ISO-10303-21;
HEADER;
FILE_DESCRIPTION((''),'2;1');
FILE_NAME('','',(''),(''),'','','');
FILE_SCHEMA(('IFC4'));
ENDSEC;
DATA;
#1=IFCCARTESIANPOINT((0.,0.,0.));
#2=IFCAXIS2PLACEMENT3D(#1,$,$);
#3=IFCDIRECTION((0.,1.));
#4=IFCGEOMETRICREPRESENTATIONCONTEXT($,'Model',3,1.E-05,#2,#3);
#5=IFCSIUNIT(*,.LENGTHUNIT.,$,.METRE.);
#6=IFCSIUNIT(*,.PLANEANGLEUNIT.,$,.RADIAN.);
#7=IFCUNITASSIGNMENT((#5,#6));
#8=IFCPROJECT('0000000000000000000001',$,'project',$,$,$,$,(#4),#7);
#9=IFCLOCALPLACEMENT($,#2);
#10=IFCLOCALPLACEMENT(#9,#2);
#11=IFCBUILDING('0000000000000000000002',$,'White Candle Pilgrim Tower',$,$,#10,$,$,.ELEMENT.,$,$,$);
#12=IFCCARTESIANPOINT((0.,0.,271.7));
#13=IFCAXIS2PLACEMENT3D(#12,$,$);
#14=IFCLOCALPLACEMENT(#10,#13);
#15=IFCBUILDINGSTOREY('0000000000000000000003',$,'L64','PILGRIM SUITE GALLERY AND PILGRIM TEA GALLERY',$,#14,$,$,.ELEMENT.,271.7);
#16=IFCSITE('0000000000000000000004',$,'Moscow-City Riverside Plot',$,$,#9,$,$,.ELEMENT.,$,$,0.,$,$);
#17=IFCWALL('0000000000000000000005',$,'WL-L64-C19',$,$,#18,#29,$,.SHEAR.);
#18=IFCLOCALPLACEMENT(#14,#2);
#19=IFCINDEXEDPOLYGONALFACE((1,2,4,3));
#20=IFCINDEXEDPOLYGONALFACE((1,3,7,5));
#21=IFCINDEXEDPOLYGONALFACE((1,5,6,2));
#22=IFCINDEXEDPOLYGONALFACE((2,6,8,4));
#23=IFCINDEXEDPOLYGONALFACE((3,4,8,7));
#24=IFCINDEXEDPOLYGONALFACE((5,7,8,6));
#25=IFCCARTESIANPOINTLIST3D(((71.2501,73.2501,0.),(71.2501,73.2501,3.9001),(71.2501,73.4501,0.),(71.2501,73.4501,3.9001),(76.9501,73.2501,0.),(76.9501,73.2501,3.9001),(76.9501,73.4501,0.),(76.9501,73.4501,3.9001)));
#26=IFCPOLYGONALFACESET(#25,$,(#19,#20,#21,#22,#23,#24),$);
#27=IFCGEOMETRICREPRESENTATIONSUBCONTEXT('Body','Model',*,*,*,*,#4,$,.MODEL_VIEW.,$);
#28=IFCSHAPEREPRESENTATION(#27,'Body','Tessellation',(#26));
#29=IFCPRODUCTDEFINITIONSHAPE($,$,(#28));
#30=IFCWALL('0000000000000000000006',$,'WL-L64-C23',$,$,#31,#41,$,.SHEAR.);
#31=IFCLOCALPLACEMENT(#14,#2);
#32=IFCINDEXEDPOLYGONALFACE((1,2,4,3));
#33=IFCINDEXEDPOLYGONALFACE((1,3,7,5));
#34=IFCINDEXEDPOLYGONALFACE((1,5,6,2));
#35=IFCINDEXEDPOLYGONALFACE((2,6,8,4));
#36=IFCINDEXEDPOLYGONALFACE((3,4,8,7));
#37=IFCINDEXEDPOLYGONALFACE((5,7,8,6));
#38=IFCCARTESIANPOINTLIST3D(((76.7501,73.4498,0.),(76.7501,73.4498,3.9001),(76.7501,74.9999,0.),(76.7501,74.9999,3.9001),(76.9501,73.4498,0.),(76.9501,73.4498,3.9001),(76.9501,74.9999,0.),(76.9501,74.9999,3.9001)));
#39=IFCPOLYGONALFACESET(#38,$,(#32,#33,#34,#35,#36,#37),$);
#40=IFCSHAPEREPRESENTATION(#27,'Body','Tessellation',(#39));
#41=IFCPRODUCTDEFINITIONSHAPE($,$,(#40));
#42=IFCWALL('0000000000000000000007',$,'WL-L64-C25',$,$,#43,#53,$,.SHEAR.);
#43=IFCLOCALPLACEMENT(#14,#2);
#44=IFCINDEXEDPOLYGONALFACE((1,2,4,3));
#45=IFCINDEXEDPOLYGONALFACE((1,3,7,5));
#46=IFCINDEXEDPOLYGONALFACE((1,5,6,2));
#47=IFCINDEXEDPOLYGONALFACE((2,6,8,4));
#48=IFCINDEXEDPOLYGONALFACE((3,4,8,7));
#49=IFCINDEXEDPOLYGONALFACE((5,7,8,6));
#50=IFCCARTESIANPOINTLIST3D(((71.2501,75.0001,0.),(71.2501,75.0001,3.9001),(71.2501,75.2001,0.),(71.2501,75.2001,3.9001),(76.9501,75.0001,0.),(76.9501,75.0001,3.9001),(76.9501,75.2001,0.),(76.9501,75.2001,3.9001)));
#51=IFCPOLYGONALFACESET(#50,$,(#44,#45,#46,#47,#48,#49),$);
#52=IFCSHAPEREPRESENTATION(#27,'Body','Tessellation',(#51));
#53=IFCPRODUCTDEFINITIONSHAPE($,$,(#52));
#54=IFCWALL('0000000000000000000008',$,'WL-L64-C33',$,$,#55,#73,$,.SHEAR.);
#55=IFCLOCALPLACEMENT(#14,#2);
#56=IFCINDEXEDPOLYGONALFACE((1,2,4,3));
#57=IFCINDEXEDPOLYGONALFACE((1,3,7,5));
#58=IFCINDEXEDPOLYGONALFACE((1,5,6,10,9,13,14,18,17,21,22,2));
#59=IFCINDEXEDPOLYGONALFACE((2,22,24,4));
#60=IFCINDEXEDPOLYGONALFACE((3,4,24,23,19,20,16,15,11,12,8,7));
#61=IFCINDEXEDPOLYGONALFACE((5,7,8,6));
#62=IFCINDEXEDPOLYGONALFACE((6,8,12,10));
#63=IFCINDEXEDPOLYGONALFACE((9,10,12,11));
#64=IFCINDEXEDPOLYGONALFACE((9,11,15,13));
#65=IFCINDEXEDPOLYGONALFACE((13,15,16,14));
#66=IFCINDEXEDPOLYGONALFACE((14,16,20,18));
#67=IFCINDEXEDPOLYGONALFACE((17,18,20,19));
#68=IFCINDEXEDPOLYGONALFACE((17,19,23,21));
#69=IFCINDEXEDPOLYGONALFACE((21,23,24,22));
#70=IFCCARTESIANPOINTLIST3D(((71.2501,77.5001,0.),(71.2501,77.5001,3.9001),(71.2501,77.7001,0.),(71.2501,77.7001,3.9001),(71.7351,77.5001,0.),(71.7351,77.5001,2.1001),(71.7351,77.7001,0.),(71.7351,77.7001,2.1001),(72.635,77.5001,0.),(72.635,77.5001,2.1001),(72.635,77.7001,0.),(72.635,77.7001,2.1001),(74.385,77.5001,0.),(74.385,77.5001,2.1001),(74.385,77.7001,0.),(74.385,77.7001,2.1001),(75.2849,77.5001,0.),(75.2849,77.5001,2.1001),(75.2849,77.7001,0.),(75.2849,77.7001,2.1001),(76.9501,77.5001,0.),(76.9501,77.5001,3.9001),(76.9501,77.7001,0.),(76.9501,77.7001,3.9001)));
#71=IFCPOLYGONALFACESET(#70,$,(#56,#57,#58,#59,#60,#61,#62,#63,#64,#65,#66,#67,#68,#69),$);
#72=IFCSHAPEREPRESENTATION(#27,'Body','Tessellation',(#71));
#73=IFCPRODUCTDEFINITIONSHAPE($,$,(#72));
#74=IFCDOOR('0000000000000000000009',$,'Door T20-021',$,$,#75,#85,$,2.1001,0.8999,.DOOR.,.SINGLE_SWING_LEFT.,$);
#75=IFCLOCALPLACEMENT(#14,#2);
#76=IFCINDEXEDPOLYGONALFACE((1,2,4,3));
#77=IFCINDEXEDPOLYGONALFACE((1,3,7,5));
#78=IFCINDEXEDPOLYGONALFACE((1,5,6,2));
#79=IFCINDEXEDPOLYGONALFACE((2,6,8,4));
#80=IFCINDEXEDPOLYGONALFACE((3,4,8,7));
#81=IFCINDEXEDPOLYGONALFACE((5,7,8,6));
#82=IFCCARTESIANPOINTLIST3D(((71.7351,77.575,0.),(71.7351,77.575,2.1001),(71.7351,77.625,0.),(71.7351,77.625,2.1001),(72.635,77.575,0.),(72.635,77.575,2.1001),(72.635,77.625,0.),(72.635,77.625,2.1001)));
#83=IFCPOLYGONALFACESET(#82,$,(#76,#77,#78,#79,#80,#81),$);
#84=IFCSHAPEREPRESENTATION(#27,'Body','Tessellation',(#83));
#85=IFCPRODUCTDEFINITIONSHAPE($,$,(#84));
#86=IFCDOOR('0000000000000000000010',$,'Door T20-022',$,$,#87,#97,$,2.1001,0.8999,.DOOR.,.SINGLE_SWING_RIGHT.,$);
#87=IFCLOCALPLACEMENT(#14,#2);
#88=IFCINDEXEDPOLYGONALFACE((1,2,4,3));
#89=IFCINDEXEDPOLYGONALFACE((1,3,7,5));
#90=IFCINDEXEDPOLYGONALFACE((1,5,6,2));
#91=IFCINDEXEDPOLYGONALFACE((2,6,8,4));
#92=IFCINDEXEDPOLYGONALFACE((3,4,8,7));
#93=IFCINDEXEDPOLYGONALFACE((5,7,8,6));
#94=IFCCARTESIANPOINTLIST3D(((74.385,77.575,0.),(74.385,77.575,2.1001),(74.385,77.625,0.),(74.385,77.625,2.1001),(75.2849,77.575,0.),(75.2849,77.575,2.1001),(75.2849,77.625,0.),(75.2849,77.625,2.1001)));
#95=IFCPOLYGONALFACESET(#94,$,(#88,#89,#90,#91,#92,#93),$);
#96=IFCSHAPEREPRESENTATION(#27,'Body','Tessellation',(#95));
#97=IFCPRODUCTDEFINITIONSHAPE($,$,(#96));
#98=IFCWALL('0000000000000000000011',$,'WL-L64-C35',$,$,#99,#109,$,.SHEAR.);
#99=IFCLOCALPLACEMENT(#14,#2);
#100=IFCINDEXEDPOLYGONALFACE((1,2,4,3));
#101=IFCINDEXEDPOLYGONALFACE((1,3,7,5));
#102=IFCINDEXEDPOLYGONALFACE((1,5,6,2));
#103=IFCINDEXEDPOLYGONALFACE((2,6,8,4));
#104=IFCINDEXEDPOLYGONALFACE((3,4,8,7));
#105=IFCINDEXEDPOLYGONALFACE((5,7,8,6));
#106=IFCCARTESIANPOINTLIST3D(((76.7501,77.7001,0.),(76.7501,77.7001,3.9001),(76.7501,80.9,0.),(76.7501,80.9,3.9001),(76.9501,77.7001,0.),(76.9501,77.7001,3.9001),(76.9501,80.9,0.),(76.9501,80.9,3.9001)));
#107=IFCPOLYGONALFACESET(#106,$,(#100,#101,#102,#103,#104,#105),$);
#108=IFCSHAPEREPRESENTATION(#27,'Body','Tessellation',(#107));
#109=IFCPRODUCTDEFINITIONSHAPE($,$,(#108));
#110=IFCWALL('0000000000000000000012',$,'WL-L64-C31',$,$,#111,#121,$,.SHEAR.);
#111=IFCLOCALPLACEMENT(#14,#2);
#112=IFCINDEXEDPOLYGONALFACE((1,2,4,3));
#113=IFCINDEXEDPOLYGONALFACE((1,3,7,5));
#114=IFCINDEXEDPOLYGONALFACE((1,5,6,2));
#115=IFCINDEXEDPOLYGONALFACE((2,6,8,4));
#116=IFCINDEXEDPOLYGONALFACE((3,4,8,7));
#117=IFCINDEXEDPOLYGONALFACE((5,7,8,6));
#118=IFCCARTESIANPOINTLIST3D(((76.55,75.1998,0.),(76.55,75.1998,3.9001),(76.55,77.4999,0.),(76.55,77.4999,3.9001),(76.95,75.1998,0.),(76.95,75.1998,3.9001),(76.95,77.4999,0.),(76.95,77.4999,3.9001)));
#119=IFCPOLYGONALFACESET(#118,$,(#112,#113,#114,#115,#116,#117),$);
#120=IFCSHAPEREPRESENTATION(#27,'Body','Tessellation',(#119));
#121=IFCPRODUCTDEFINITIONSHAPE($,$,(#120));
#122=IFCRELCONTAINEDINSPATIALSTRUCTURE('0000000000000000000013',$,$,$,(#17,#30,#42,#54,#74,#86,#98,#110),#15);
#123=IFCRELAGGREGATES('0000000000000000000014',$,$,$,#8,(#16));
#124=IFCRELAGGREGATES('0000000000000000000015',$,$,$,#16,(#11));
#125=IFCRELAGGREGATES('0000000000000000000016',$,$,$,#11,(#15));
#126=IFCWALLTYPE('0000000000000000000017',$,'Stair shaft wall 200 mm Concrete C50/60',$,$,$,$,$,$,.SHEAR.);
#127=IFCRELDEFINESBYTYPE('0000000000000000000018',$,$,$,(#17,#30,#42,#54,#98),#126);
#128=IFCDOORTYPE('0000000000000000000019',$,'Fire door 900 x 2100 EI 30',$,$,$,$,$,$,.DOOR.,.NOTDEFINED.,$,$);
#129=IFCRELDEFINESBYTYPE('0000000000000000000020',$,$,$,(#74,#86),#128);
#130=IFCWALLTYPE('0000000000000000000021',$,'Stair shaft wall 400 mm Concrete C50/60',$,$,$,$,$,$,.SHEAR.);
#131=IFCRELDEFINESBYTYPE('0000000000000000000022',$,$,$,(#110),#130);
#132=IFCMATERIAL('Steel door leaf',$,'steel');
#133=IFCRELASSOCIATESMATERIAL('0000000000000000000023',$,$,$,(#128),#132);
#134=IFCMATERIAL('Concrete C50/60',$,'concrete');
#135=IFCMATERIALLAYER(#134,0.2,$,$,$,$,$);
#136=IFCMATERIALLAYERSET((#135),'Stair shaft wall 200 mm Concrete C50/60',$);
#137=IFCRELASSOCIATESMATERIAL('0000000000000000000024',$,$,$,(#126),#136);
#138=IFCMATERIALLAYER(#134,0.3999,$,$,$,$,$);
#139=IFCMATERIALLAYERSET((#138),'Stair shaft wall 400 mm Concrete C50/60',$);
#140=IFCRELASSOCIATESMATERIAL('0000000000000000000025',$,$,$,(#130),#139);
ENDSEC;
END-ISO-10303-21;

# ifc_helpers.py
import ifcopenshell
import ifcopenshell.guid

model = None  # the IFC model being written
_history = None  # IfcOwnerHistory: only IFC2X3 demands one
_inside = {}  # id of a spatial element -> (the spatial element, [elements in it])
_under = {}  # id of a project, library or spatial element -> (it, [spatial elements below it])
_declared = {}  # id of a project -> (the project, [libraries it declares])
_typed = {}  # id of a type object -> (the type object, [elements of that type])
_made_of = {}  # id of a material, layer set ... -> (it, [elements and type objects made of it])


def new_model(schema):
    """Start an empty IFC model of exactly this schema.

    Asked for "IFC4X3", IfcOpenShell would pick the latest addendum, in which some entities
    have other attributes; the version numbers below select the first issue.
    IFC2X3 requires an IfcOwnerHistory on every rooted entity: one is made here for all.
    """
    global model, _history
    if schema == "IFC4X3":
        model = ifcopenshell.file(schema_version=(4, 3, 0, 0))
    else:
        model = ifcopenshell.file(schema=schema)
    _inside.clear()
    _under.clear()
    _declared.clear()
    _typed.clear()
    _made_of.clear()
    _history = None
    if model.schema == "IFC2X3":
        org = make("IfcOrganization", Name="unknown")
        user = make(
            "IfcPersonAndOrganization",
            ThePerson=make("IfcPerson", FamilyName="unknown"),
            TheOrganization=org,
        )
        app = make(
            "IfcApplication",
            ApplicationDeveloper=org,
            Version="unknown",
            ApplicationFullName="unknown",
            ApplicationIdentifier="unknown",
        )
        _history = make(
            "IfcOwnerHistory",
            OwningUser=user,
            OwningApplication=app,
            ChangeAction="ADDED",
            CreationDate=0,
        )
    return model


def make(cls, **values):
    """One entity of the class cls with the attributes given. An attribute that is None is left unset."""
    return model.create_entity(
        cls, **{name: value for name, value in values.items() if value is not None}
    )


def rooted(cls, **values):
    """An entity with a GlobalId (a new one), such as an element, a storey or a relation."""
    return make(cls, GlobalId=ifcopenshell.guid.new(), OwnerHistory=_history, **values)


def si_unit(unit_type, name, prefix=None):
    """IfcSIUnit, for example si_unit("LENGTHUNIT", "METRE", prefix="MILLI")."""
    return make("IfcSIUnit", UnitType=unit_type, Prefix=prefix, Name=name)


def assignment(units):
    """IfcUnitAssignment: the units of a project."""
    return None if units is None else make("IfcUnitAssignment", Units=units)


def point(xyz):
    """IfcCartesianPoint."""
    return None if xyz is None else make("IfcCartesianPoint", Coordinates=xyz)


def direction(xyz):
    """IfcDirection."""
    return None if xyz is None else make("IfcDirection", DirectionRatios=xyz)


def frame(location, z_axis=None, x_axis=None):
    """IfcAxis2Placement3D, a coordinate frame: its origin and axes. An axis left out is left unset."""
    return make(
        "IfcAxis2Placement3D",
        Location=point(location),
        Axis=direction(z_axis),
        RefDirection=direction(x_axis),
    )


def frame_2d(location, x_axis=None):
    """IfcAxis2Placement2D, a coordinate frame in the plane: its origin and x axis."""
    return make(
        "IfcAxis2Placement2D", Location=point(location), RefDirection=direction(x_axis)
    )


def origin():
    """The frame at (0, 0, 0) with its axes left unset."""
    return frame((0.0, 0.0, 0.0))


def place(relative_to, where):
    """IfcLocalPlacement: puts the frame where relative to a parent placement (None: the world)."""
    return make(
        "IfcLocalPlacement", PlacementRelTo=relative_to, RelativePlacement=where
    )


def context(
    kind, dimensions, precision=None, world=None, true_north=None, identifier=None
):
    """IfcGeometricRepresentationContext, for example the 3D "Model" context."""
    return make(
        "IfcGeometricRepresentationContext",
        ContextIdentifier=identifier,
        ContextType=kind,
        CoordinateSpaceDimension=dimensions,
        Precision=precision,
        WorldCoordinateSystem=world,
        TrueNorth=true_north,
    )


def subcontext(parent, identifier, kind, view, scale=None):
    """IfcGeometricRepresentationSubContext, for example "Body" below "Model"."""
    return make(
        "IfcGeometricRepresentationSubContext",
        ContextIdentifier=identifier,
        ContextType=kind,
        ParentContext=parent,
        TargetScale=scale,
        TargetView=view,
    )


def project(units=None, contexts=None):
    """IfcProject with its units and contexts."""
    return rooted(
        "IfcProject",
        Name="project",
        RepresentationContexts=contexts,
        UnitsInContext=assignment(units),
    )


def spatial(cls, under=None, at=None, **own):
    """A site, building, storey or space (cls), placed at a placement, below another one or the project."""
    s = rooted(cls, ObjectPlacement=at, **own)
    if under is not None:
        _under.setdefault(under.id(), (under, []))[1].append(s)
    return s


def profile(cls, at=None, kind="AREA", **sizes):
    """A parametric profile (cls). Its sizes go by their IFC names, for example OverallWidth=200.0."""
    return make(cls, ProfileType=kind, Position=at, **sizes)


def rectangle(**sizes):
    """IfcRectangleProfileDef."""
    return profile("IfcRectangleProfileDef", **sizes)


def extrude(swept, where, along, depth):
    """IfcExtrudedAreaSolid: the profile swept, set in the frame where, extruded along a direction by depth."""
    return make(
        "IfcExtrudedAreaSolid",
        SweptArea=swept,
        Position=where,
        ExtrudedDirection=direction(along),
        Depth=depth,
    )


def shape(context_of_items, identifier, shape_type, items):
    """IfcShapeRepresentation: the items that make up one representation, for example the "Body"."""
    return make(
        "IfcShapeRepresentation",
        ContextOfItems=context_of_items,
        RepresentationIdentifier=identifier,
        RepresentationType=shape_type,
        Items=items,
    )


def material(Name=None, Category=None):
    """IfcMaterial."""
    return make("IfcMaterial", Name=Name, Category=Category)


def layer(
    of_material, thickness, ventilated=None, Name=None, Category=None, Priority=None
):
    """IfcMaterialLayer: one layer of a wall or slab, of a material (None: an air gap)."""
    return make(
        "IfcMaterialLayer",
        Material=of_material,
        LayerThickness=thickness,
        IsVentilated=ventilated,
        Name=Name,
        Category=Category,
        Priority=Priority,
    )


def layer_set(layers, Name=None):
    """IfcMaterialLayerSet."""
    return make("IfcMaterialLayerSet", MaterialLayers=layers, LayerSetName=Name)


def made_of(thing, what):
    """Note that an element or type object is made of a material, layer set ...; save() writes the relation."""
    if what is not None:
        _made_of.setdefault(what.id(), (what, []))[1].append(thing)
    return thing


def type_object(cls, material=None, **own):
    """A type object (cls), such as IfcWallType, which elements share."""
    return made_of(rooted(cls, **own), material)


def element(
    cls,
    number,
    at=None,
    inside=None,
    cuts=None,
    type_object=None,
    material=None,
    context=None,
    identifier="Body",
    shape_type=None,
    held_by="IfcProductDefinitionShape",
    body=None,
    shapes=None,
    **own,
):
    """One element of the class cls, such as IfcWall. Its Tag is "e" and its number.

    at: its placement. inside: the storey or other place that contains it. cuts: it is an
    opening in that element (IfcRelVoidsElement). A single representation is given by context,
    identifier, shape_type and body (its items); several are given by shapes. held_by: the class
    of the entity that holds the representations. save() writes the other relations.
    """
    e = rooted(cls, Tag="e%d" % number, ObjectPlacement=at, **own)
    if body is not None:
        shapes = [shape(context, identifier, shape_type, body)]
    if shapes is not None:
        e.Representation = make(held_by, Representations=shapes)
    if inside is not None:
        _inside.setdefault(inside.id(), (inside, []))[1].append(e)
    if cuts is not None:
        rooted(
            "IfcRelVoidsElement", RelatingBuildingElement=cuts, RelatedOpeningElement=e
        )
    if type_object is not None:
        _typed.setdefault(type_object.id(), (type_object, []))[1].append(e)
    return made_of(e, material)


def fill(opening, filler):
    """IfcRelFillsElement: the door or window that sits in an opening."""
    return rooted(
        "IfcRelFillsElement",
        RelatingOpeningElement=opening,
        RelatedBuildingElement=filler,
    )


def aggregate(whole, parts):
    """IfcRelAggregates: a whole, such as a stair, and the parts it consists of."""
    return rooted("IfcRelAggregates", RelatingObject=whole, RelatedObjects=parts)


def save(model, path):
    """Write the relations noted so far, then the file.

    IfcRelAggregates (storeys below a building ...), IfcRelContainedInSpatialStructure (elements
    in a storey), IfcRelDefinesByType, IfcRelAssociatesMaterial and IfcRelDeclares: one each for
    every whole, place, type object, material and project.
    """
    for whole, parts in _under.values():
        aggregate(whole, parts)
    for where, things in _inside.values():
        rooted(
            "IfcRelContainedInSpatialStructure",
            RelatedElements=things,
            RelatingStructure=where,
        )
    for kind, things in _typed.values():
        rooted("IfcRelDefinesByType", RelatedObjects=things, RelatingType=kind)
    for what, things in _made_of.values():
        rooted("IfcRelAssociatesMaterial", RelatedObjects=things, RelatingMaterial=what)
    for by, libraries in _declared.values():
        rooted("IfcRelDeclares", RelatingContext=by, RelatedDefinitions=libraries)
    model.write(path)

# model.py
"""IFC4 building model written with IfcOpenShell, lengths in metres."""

from ifc_helpers import new_model, si_unit, direction, frame, frame_2d, origin, place, context, subcontext, project, spatial, rectangle, extrude, material, layer, layer_set, type_object, element, fill, save


model = new_model("IFC4")

# Units and contexts
model_context = context("Model", 3, precision=1e-05, world=origin(), true_north=direction((0.0, 1.0)))
body_context = subcontext(model_context, "Body", "Model", "MODEL_VIEW")
ifc_project = project(units=[si_unit("LENGTHUNIT", "METRE"), si_unit("PLANEANGLEUNIT", "RADIAN")], contexts=[model_context])

# Site, building, storey
site_placement = place(None, origin())
site = spatial("IfcSite", under=ifc_project, at=site_placement, Name="Moscow-City Riverside Plot", CompositionType="ELEMENT", RefElevation=0.0)
building_placement = place(site_placement, origin())
building = spatial("IfcBuilding", under=site, at=building_placement, Name="White Candle Pilgrim Tower", CompositionType="ELEMENT")
storey_placement = place(building_placement, frame((0.0, 0.0, 271.7)))
storey = spatial("IfcBuildingStorey", under=building, at=storey_placement, Name="L64", Description="PILGRIM SUITE GALLERY AND PILGRIM TEA GALLERY", CompositionType="ELEMENT", Elevation=271.7)

# Shared definitions
ifc_material_1 = material(Name="Steel door leaf", Category="steel")
door_type = type_object("IfcDoorType", Name="Fire door 900 x 2100 EI 30", OperationType="NOTDEFINED", PredefinedType="DOOR", material=ifc_material_1)

# Walls
ifc_material_2 = material(Name="Concrete C50/60", Category="concrete")
ifc_layer_1 = layer(ifc_material_2, 0.2)
ifc_layer_set_1 = layer_set([ifc_layer_1], Name="Stair shaft wall 200 mm Concrete C50/60")
wall_type_1 = type_object("IfcWallType", Name="Stair shaft wall 200 mm Concrete C50/60", PredefinedType="SHEAR", material=ifc_layer_set_1)
wall_1_placement = place(storey_placement, frame((71.25, 73.3501, 0.0), z_axis=(0.0, 0.0, 1.0), x_axis=(1.0, 0.0, 0.0)))
element("IfcWall", 1, at=wall_1_placement, inside=storey, type_object=wall_type_1, Name="WL-L64-C19", PredefinedType="SHEAR", context=body_context, shape_type="SweptSolid", body=[
    extrude(rectangle(XDim=5.7, YDim=0.2, at=frame_2d((2.8501, 0.0))), origin(), (0.0, 0.0, 1.0), 3.9001),
])
wall_2_placement = place(storey_placement, frame((76.8501, 73.45, 0.0), z_axis=(0.0, 0.0, 1.0), x_axis=(0.0, 1.0, 0.0)))
element("IfcWall", 2, at=wall_2_placement, inside=storey, type_object=wall_type_1, Name="WL-L64-C23", PredefinedType="SHEAR", context=body_context, shape_type="SweptSolid", body=[
    extrude(rectangle(XDim=1.55, YDim=0.2, at=frame_2d((0.7749, 0.0))), origin(), (0.0, 0.0, 1.0), 3.9001),
])
wall_3_placement = place(storey_placement, frame((71.25, 75.1001, 0.0), z_axis=(0.0, 0.0, 1.0), x_axis=(1.0, 0.0, 0.0)))
element("IfcWall", 3, at=wall_3_placement, inside=storey, type_object=wall_type_1, Name="WL-L64-C25", PredefinedType="SHEAR", context=body_context, shape_type="SweptSolid", body=[
    extrude(rectangle(XDim=5.7, YDim=0.2, at=frame_2d((2.8501, 0.0))), origin(), (0.0, 0.0, 1.0), 3.9001),
])

# Wall, openings, doors
wall_4_placement = place(storey_placement, frame((71.25, 77.6001, 0.0), z_axis=(0.0, 0.0, 1.0), x_axis=(1.0, 0.0, 0.0)))
wall_4 = element("IfcWall", 4, at=wall_4_placement, inside=storey, type_object=wall_type_1, Name="WL-L64-C33", PredefinedType="SHEAR", context=body_context, shape_type="SweptSolid", body=[
    extrude(rectangle(XDim=5.7, YDim=0.2, at=frame_2d((2.8501, 0.0))), origin(), (0.0, 0.0, 1.0), 3.9001),
])
opening_1_placement = place(wall_4_placement, frame((0.4851, 0.0, 0.0)))
opening_1 = element("IfcOpeningElement", 5, at=opening_1_placement, cuts=wall_4, PredefinedType="OPENING", context=body_context, shape_type="SweptSolid", body=[
    extrude(rectangle(XDim=0.8999, YDim=2.1001, at=frame_2d((0.45, 1.05))), frame((0.0, 0.1099, 0.0), z_axis=(0.0, -1.0, 0.0), x_axis=(1.0, 0.0, 0.0)), (0.0, 0.0, 1.0), 0.22),
])
opening_2_placement = place(wall_4_placement, frame((3.135, 0.0, 0.0)))
opening_2 = element("IfcOpeningElement", 6, at=opening_2_placement, cuts=wall_4, PredefinedType="OPENING", context=body_context, shape_type="SweptSolid", body=[
    extrude(rectangle(XDim=0.8999, YDim=2.1001, at=frame_2d((0.45, 1.05))), frame((0.0, 0.1099, 0.0), z_axis=(0.0, -1.0, 0.0), x_axis=(1.0, 0.0, 0.0)), (0.0, 0.0, 1.0), 0.22),
])
door_1_placement = place(opening_1_placement, origin())
door_1 = element("IfcDoor", 7, at=door_1_placement, inside=storey, type_object=door_type, Name="Door T20-021", OperationType="SINGLE_SWING_LEFT", OverallHeight=2.1001, OverallWidth=0.8999, PredefinedType="DOOR", context=body_context, shape_type="SweptSolid", body=[
    extrude(rectangle(XDim=0.8999, YDim=2.1001, at=frame_2d((0.45, 1.05))), frame((0.0, 0.0249, 0.0), z_axis=(0.0, -1.0, 0.0), x_axis=(1.0, 0.0, 0.0)), (0.0, 0.0, 1.0), 0.05),
])
fill(opening_1, door_1)
door_2_placement = place(opening_2_placement, origin())
door_2 = element("IfcDoor", 8, at=door_2_placement, inside=storey, type_object=door_type, Name="Door T20-022", OperationType="SINGLE_SWING_RIGHT", OverallHeight=2.1001, OverallWidth=0.8999, PredefinedType="DOOR", context=body_context, shape_type="SweptSolid", body=[
    extrude(rectangle(XDim=0.8999, YDim=2.1001, at=frame_2d((0.45, 1.05))), frame((0.0, 0.0249, 0.0), z_axis=(0.0, -1.0, 0.0), x_axis=(1.0, 0.0, 0.0)), (0.0, 0.0, 1.0), 0.05),
])
fill(opening_2, door_2)

# Walls
wall_5_placement = place(storey_placement, frame((76.8501, 77.7, 0.0), z_axis=(0.0, 0.0, 1.0), x_axis=(0.0, 1.0, 0.0)))
element("IfcWall", 9, at=wall_5_placement, inside=storey, type_object=wall_type_1, Name="WL-L64-C35", PredefinedType="SHEAR", context=body_context, shape_type="SweptSolid", body=[
    extrude(rectangle(XDim=3.2, YDim=0.2, at=frame_2d((1.6001, 0.0))), origin(), (0.0, 0.0, 1.0), 3.9001),
])
ifc_layer_2 = layer(ifc_material_2, 0.3999)
ifc_layer_set_2 = layer_set([ifc_layer_2], Name="Stair shaft wall 400 mm Concrete C50/60")
wall_type_2 = type_object("IfcWallType", Name="Stair shaft wall 400 mm Concrete C50/60", PredefinedType="SHEAR", material=ifc_layer_set_2)
wall_6_placement = place(storey_placement, frame((76.75, 75.2, 0.0), z_axis=(0.0, 0.0, 1.0), x_axis=(0.0, 1.0, 0.0)))
element("IfcWall", 10, at=wall_6_placement, inside=storey, type_object=wall_type_2, Name="WL-L64-C31", PredefinedType="SHEAR", context=body_context, shape_type="SweptSolid", body=[
    extrude(rectangle(XDim=2.3, YDim=0.3999, at=frame_2d((1.1499, 0.0))), origin(), (0.0, 0.0, 1.0), 3.9001),
])

save(model, "model.ifc")
